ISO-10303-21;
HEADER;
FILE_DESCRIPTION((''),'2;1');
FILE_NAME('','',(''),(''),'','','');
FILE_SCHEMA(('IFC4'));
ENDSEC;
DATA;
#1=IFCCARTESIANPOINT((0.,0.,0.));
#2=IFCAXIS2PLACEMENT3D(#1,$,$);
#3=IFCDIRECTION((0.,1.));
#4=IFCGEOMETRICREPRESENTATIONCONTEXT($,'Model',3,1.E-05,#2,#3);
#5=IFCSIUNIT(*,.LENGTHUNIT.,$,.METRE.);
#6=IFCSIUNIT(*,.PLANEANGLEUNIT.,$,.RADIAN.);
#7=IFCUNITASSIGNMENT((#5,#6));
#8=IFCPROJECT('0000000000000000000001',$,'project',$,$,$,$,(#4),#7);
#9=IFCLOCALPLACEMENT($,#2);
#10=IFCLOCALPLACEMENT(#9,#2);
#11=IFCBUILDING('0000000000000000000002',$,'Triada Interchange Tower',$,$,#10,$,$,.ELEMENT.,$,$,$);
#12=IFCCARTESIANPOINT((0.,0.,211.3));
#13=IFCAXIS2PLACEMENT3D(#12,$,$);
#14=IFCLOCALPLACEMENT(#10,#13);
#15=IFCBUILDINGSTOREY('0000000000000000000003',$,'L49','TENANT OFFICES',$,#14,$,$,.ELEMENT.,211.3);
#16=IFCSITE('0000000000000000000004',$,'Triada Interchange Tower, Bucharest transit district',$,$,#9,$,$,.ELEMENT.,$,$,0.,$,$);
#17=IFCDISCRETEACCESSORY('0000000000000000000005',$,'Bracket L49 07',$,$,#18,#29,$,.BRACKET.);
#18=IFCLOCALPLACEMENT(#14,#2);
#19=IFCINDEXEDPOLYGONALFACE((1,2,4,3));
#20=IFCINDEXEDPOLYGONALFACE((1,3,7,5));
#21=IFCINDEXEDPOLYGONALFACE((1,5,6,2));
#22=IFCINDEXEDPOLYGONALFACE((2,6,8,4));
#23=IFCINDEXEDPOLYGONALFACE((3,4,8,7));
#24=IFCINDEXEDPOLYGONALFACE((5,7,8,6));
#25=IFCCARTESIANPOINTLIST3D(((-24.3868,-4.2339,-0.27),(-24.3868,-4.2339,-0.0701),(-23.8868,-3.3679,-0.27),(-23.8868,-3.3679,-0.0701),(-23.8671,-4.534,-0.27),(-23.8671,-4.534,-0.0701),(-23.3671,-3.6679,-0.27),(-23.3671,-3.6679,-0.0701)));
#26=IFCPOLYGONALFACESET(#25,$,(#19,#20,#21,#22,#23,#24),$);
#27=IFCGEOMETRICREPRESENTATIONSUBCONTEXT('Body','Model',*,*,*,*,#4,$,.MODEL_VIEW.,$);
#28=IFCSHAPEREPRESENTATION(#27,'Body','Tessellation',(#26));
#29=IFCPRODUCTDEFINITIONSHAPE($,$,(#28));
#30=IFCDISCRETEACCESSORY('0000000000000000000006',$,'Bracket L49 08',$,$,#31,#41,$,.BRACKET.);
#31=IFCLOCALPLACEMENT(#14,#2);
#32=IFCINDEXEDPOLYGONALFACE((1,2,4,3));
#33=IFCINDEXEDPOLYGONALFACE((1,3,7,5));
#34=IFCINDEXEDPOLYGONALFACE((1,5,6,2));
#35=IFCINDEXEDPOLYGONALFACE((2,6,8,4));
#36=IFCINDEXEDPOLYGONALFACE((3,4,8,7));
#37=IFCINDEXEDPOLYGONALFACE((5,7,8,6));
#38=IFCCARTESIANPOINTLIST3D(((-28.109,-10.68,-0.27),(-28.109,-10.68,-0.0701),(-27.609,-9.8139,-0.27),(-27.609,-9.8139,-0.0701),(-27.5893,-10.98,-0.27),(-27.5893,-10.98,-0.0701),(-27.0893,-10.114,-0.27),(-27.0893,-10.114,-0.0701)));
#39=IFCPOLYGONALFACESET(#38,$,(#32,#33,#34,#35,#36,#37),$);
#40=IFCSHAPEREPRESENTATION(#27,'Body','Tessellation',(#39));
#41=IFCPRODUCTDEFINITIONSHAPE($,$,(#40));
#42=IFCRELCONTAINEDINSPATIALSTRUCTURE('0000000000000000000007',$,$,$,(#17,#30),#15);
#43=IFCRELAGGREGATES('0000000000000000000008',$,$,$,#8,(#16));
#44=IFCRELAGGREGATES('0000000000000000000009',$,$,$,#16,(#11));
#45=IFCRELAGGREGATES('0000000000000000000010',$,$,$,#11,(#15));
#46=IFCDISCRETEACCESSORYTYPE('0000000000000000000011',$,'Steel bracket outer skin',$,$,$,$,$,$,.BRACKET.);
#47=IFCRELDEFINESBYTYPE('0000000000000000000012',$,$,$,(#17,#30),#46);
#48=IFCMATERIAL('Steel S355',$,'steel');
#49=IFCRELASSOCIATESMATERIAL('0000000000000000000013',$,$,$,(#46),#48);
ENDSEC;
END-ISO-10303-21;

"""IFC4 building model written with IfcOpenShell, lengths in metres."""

from ifc_helpers import new_model, si_unit, direction, frame, origin, origin_2d, place, context, subcontext, project, spatial, rectangle, extrude, material, type_object, element, save


model = new_model("IFC4")

# Units and contexts
model_context = context("Model", 3, precision=1e-05, world=origin(), true_north=direction((0.0, 1.0)))
body_context = subcontext(model_context, "Body", "Model", "MODEL_VIEW")
ifc_project = project(units=[si_unit("LENGTHUNIT", "METRE"), si_unit("PLANEANGLEUNIT", "RADIAN")], contexts=[model_context])

# Site, building, storey
site_placement = place(None, origin())
site = spatial("IfcSite", under=ifc_project, at=site_placement, Name="Triada Interchange Tower, Bucharest transit district", CompositionType="ELEMENT", RefElevation=0.0)
building_placement = place(site_placement, origin())
building = spatial("IfcBuilding", under=site, at=building_placement, Name="Triada Interchange Tower", CompositionType="ELEMENT")
storey_placement = place(building_placement, frame((0.0, 0.0, 211.3)))
storey = spatial("IfcBuildingStorey", under=building, at=storey_placement, Name="L49", Description="TENANT OFFICES", CompositionType="ELEMENT", Elevation=211.3)

# Discrete accessories
ifc_material_1 = material(Name="Steel S355", Category="steel")
discrete_accessory_type = type_object("IfcDiscreteAccessoryType", Name="Steel bracket outer skin", PredefinedType="BRACKET", material=ifc_material_1)
for number, where, z_axis, x_axis, name in (
    (1, (-23.877, -3.9509, -0.27), (0.0, 0.0, 1.0), (-0.866021, 0.500007, 0.0), "Bracket L49 07"),
    (2, (-27.5991, -10.397, -0.27), (0.0, 0.0, 1.0), (-0.866021, 0.500007, 0.0), "Bracket L49 08"),
):
    element("IfcDiscreteAccessory", number, at=place(storey_placement, frame(where, z_axis=z_axis, x_axis=x_axis)), inside=storey, type_object=discrete_accessory_type, Name=name, PredefinedType="BRACKET", context=body_context, shape_type="SweptSolid", body=[
        extrude(rectangle(XDim=0.6001, YDim=1.0, at=origin_2d()), origin(), (0.0, 0.0, 1.0), 0.2),
    ])

save(model, "model.ifc")
